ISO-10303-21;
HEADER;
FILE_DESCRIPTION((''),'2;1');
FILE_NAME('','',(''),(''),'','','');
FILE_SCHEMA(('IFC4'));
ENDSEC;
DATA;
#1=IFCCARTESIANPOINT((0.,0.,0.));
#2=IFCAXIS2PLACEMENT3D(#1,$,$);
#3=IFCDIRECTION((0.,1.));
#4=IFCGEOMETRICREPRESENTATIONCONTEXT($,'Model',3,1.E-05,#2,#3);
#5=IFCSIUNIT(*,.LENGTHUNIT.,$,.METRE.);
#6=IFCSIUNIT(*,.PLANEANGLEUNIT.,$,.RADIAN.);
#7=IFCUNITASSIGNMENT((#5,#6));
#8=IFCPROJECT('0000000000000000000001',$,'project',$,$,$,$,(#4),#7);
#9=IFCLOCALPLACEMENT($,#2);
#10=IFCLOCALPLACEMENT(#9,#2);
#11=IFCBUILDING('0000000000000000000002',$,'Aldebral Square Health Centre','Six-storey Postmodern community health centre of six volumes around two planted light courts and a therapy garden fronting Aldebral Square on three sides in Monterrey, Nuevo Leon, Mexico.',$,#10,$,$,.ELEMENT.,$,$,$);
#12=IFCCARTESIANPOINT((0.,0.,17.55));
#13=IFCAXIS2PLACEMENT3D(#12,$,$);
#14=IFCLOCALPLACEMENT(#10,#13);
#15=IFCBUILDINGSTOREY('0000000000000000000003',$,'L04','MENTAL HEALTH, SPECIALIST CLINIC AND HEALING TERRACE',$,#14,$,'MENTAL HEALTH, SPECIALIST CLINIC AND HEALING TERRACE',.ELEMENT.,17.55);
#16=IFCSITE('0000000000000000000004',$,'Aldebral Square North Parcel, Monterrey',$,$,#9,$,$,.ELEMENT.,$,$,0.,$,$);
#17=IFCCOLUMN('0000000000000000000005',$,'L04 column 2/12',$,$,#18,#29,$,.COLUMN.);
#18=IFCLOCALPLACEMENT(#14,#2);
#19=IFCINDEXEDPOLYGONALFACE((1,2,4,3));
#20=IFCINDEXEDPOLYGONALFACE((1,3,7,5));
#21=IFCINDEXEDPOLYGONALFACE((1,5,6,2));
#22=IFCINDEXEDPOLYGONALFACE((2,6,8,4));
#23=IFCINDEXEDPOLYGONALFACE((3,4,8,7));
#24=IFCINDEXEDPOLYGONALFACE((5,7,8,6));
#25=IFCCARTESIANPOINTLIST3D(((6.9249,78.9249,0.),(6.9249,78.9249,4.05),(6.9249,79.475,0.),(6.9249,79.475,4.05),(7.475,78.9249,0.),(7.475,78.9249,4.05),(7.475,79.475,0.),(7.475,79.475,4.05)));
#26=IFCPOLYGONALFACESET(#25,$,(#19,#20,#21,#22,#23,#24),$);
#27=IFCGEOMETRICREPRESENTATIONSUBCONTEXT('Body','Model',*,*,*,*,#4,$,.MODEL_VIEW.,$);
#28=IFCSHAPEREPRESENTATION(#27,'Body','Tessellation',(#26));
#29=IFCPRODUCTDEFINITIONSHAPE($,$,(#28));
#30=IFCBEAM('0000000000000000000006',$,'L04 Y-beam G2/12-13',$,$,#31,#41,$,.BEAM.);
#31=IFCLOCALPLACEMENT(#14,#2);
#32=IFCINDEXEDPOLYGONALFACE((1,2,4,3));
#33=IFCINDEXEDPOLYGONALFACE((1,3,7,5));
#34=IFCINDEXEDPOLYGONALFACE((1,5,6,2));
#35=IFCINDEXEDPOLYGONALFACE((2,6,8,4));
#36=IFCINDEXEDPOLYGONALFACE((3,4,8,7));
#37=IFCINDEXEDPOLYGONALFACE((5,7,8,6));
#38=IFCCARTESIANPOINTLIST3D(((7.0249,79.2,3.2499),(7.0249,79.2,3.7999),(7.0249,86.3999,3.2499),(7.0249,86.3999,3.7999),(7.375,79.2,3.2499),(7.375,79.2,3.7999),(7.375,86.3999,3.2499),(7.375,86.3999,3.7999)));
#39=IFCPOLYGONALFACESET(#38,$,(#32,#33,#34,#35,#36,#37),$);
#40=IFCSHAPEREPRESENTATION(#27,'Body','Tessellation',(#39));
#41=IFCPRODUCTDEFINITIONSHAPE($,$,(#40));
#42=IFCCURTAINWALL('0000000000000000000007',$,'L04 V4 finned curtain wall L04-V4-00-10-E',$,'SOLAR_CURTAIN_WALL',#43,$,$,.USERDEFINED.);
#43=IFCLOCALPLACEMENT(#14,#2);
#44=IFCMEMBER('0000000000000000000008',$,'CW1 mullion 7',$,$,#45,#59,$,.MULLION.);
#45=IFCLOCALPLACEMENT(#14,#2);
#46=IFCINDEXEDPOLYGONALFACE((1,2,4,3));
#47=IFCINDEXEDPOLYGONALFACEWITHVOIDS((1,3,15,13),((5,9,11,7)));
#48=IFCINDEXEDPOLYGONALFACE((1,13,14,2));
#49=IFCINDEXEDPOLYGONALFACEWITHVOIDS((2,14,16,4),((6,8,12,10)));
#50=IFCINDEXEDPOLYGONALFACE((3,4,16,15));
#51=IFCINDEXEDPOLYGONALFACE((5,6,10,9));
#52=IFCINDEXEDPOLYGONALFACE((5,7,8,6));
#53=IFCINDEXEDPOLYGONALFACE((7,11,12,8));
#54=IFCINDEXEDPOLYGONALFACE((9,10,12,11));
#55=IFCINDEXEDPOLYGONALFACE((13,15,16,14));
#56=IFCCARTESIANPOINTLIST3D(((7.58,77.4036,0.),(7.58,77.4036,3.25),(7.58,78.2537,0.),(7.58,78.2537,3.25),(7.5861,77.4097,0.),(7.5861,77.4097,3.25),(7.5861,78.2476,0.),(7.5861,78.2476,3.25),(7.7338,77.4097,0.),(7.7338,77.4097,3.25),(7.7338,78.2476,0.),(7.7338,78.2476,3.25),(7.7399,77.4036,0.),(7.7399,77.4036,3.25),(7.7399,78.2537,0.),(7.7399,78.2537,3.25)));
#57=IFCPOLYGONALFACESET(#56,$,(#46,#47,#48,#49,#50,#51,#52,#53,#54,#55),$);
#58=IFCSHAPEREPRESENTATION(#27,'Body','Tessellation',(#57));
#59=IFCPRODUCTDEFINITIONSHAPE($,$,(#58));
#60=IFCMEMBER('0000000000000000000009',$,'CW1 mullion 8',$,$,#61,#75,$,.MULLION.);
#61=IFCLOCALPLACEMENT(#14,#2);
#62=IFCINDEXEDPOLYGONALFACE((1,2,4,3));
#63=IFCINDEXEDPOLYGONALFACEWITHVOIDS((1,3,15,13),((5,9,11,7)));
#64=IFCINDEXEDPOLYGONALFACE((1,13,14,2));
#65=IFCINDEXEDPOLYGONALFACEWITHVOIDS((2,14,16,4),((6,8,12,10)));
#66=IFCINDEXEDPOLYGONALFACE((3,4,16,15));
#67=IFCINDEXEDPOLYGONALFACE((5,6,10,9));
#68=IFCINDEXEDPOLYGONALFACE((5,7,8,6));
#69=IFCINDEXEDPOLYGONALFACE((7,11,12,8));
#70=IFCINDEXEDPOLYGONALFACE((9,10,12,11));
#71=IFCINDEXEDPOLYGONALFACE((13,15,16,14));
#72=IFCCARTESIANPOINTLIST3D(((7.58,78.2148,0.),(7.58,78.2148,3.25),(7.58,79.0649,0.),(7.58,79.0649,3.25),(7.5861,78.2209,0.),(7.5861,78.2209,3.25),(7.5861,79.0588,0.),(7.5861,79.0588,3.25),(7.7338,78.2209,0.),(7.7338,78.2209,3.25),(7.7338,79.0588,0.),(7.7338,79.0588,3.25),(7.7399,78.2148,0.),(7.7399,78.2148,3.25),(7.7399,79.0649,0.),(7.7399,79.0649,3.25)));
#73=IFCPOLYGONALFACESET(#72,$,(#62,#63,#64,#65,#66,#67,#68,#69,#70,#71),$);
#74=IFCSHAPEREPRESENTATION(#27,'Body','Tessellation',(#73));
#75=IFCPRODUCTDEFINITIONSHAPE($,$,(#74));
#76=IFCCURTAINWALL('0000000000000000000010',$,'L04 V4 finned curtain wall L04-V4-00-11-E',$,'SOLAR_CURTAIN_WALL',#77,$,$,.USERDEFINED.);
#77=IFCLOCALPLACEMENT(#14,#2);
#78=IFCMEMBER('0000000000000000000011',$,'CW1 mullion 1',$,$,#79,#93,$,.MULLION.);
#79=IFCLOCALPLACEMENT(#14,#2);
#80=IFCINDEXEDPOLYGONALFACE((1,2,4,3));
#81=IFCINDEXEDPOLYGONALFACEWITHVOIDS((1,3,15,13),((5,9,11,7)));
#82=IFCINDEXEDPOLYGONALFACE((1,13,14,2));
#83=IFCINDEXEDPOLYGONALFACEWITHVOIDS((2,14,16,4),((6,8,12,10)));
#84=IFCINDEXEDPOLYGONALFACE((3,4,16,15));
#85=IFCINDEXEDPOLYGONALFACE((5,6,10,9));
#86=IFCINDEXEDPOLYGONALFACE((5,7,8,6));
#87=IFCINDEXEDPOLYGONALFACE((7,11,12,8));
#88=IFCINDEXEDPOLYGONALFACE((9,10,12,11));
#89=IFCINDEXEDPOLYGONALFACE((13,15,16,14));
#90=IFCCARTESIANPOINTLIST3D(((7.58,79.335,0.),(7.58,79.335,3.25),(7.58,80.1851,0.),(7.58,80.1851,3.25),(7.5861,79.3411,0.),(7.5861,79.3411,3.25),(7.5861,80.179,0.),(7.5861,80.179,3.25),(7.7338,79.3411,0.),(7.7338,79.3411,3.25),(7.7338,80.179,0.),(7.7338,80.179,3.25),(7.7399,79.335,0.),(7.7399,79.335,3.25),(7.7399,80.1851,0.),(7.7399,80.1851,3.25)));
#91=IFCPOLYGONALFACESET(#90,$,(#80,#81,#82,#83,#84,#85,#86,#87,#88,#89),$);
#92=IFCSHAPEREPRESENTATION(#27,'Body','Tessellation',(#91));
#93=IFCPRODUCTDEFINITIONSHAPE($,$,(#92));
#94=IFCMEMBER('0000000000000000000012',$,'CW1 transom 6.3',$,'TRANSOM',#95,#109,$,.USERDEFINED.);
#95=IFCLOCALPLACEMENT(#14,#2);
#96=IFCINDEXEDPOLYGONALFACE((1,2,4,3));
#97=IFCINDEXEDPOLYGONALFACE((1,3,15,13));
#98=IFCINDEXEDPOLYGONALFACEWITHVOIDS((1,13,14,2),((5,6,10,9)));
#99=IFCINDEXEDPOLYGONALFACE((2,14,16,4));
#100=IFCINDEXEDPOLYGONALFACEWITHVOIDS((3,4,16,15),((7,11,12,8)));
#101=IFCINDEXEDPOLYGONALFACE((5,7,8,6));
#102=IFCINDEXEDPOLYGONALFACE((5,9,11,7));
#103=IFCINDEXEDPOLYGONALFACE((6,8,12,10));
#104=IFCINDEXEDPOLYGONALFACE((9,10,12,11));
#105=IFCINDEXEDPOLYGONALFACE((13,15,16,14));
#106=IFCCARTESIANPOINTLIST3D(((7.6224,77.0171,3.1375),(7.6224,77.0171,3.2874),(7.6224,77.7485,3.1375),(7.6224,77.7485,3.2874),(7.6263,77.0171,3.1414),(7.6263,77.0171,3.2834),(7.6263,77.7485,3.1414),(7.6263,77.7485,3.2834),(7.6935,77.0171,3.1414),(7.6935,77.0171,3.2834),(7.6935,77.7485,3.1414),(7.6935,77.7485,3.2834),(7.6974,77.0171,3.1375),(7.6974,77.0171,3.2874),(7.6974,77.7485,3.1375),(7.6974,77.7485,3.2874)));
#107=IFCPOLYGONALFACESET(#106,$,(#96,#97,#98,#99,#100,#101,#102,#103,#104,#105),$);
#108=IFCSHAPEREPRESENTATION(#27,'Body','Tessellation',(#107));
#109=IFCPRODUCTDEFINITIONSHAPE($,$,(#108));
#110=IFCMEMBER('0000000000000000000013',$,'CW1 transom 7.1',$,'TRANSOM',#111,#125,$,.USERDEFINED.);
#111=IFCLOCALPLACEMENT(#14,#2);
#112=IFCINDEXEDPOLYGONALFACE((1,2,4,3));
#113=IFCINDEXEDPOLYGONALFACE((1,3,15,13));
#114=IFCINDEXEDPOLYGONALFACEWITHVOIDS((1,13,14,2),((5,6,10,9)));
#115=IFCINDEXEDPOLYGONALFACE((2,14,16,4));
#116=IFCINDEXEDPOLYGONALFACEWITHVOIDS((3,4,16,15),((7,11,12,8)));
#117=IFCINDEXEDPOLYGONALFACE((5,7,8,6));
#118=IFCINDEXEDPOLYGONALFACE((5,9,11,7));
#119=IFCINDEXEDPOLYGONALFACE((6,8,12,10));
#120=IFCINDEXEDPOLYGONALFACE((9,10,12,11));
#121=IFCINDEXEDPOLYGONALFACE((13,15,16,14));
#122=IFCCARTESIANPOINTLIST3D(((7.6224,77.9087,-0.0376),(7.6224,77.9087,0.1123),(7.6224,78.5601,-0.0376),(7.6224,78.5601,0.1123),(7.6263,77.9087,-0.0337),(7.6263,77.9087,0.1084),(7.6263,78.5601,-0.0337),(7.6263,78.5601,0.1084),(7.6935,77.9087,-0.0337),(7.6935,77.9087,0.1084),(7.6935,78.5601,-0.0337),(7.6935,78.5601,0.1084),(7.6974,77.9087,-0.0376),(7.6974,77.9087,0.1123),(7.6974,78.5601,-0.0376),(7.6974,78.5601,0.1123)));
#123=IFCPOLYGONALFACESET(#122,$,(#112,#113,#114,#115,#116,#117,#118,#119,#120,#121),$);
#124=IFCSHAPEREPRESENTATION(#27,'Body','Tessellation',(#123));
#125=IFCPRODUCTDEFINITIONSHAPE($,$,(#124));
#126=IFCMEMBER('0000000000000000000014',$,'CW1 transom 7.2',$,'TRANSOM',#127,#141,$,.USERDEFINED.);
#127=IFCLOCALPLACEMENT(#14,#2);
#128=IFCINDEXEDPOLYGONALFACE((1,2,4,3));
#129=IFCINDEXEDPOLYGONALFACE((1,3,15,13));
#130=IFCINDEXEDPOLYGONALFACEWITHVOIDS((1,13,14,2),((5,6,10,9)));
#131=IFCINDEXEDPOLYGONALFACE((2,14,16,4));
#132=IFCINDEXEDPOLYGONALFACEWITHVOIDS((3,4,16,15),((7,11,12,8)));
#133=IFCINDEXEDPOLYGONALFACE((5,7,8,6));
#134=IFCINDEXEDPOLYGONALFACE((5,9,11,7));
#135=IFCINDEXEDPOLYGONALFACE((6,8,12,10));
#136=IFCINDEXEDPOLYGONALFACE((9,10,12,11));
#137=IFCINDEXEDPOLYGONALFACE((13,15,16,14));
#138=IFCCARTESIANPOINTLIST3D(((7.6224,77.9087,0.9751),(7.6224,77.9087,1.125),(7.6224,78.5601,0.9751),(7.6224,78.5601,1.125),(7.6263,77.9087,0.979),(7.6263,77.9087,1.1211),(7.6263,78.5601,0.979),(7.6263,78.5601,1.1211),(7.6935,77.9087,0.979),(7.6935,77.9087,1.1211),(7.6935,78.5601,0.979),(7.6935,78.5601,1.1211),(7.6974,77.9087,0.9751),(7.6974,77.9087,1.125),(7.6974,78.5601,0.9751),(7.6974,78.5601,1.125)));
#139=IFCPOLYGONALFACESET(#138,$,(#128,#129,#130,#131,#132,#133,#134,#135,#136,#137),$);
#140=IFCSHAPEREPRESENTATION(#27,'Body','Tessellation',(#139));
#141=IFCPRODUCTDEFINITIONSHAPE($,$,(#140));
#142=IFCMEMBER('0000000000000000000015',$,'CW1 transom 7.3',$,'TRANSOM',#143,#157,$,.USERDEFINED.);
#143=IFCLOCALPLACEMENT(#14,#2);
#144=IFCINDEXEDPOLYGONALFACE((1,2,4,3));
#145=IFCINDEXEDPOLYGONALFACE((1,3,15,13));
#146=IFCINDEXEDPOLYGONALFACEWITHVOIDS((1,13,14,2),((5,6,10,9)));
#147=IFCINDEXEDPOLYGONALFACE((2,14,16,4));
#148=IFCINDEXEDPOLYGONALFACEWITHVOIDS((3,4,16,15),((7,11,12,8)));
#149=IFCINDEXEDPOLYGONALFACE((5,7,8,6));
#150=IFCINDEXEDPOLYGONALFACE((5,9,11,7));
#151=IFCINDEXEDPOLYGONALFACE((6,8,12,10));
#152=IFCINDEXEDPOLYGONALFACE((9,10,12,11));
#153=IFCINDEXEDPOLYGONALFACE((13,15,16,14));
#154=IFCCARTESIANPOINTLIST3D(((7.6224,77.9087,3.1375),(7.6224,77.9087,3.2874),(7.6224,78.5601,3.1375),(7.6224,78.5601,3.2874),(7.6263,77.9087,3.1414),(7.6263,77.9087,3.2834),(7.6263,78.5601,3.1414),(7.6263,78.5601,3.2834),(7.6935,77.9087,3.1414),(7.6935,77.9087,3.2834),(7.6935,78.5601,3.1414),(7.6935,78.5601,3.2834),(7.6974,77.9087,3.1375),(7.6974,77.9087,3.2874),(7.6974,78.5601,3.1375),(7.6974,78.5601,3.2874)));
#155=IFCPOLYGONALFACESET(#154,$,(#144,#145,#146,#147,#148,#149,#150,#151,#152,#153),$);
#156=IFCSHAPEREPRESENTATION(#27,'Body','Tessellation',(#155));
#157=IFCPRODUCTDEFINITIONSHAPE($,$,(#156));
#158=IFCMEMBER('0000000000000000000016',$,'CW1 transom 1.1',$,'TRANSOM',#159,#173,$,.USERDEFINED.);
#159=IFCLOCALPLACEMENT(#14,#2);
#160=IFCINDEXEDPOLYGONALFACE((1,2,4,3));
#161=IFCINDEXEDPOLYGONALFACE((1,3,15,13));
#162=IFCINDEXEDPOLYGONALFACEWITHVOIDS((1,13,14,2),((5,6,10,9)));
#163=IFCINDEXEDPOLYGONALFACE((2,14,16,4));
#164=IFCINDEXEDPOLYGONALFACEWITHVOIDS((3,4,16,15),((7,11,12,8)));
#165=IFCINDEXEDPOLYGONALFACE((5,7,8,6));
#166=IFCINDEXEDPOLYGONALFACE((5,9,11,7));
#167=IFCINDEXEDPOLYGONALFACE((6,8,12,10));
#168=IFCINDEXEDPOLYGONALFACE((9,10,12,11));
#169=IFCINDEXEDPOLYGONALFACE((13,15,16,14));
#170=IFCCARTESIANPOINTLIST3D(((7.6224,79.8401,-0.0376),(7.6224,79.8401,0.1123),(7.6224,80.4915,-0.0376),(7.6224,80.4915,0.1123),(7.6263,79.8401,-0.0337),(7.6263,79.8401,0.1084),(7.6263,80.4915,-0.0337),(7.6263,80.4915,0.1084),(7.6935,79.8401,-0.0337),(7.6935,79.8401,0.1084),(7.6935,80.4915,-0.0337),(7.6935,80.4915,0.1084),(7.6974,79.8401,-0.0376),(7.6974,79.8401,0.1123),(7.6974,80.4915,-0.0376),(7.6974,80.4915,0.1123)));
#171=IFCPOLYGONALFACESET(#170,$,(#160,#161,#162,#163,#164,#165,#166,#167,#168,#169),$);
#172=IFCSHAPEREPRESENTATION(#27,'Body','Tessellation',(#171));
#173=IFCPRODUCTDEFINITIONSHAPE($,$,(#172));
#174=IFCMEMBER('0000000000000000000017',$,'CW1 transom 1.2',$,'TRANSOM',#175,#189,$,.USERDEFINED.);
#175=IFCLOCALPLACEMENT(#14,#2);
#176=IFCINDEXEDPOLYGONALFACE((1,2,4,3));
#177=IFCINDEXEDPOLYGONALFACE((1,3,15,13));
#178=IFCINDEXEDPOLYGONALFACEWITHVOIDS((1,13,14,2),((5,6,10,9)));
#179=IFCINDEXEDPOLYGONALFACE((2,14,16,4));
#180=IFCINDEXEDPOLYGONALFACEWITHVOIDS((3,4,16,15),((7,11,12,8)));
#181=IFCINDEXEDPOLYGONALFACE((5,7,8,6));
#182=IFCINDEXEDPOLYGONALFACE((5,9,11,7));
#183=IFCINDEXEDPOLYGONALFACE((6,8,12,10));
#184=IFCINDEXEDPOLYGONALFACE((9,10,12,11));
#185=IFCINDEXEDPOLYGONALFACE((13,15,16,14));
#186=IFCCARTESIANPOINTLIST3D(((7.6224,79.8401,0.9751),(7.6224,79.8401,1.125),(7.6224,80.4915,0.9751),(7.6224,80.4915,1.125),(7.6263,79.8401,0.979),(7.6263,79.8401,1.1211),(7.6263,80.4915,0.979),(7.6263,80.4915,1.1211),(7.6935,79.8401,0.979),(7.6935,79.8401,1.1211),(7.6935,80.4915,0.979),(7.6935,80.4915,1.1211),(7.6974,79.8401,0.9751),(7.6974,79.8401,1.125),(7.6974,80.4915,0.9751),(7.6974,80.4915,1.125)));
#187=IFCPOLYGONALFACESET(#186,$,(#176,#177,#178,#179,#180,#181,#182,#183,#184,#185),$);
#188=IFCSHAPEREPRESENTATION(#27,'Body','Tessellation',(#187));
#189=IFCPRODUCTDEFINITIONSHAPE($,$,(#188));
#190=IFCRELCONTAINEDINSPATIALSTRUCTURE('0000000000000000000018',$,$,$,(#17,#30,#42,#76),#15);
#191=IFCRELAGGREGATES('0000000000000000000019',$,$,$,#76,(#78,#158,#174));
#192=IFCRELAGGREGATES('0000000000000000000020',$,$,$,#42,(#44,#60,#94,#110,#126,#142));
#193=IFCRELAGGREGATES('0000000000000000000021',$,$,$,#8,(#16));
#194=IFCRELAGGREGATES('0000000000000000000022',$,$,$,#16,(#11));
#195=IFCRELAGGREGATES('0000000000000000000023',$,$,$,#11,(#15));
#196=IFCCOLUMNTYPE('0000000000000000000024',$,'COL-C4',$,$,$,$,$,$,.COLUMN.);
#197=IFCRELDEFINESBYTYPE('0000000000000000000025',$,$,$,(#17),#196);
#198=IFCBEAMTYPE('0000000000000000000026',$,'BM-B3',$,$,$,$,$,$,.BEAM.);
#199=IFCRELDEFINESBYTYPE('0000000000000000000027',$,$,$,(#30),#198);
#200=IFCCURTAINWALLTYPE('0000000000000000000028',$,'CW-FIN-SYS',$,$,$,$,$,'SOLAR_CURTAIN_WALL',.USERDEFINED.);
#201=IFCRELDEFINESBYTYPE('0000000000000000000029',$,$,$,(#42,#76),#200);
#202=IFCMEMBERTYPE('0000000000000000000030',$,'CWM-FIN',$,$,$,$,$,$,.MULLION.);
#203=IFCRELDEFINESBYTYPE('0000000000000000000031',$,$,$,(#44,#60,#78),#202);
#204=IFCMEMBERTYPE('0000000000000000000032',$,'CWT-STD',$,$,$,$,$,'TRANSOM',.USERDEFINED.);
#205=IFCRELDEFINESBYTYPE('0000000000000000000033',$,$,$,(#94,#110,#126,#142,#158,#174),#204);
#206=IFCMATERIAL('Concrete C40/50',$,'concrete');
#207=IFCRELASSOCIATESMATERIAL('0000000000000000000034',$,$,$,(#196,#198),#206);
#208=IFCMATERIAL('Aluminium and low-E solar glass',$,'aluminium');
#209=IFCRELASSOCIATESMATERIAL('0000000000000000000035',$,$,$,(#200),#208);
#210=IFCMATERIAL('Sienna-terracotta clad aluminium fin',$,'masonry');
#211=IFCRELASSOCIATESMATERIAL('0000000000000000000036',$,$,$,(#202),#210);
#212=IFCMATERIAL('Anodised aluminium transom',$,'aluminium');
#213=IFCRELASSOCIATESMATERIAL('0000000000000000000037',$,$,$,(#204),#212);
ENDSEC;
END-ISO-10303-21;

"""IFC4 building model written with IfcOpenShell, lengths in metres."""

from ifc_helpers import new_model, si_unit, direction, frame, origin, origin_2d, place, context, subcontext, project, spatial, rectangle, hollow_rectangle, extrude, material, material_profile, profile_set, type_object, element, aggregate, save


model = new_model("IFC4")

# Units and contexts
model_context = context("Model", 3, precision=1e-05, world=origin(), true_north=direction((0.0, 1.0)))
body_context = subcontext(model_context, "Body", "Model", "MODEL_VIEW")
ifc_project = project(units=[si_unit("LENGTHUNIT", "METRE"), si_unit("PLANEANGLEUNIT", "RADIAN")], contexts=[model_context])

# Site, building, storey
site_placement = place(None, origin())
site = spatial("IfcSite", under=ifc_project, at=site_placement, Name="Aldebral Square North Parcel, Monterrey", CompositionType="ELEMENT", RefElevation=0.0)
building_placement = place(site_placement, origin())
building = spatial("IfcBuilding", under=site, at=building_placement, Name="Aldebral Square Health Centre", Description="Six-storey Postmodern community health centre of six volumes around two planted light courts and a therapy garden fronting Aldebral Square on three sides in Monterrey, Nuevo Leon, Mexico.", CompositionType="ELEMENT")
storey_placement = place(building_placement, frame((0.0, 0.0, 17.55)))
storey = spatial("IfcBuildingStorey", under=building, at=storey_placement, Name="L04", Description="MENTAL HEALTH, SPECIALIST CLINIC AND HEALING TERRACE", LongName="MENTAL HEALTH, SPECIALIST CLINIC AND HEALING TERRACE", CompositionType="ELEMENT", Elevation=17.55)

# Column
ifc_material_1 = material(Name="Concrete C40/50", Category="concrete")
ifc_material_profile_1 = material_profile(ifc_material_1, rectangle(XDim=0.55, YDim=0.55, at=origin_2d()), Name="RC 550x550")
ifc_profile_set_1 = profile_set([ifc_material_profile_1], Name="Concrete C40/50")
column_type = type_object("IfcColumnType", Name="COL-C4", PredefinedType="COLUMN", material=ifc_profile_set_1)
column_placement = place(storey_placement, frame((7.2, 79.2, 0.0), z_axis=(0.0, 0.0, 1.0), x_axis=(1.0, 0.0, 0.0)))
element("IfcColumn", 1, at=column_placement, inside=storey, type_object=column_type, Name="L04 column 2/12", PredefinedType="COLUMN", context=body_context, shape_type="SweptSolid", body=[
    extrude(rectangle(XDim=0.55, YDim=0.55, at=origin_2d()), origin(), (0.0, 0.0, 1.0), 4.05),
])

# Beam
ifc_material_profile_2 = material_profile(ifc_material_1, rectangle(XDim=0.3501, YDim=0.55, at=origin_2d()), Name="RC 350x550")
ifc_profile_set_2 = profile_set([ifc_material_profile_2], Name="Concrete C40/50")
beam_type = type_object("IfcBeamType", Name="BM-B3", PredefinedType="BEAM", material=ifc_profile_set_2)
beam_placement = place(storey_placement, frame((7.2, 79.2, 3.5249), z_axis=(0.0, 1.0, 0.0), x_axis=(-1.0, 0.0, 0.0)))
element("IfcBeam", 2, at=beam_placement, inside=storey, type_object=beam_type, Name="L04 Y-beam G2/12-13", PredefinedType="BEAM", context=body_context, shape_type="SweptSolid", body=[
    extrude(rectangle(XDim=0.3501, YDim=0.55, at=origin_2d()), origin(), (0.0, 0.0, 1.0), 7.2),
])

# Curtain wall, members
ifc_material_2 = material(Name="Aluminium and low-E solar glass", Category="aluminium")
curtain_wall_type = type_object("IfcCurtainWallType", Name="CW-FIN-SYS", ElementType="SOLAR_CURTAIN_WALL", PredefinedType="USERDEFINED", material=ifc_material_2)
curtain_wall_1_placement = place(storey_placement, origin())
curtain_wall_1 = element("IfcCurtainWall", 3, at=curtain_wall_1_placement, inside=storey, type_object=curtain_wall_type, Name="L04 V4 finned curtain wall L04-V4-00-10-E", ObjectType="SOLAR_CURTAIN_WALL", PredefinedType="USERDEFINED")
ifc_material_3 = material(Name="Sienna-terracotta clad aluminium fin", Category="masonry")
ifc_material_profile_3 = material_profile(ifc_material_3, hollow_rectangle(XDim=0.1599, YDim=0.8501, WallThickness=0.0061, at=origin_2d()), Name="FIN 160x850x6")
ifc_profile_set_3 = profile_set([ifc_material_profile_3], Name="Sienna-terracotta clad aluminium fin")
member_type_1 = type_object("IfcMemberType", Name="CWM-FIN", PredefinedType="MULLION", material=ifc_profile_set_3)
member_1_placement = place(storey_placement, frame((7.6599, 77.8286, 0.0), z_axis=(0.0, 0.0, 1.0), x_axis=(-1.0, 0.0, 0.0)))
member_1 = element("IfcMember", 4, at=member_1_placement, type_object=member_type_1, Name="CW1 mullion 7", PredefinedType="MULLION", context=body_context, shape_type="SweptSolid", body=[
    extrude(hollow_rectangle(XDim=0.1599, YDim=0.8501, WallThickness=0.0061, at=origin_2d()), origin(), (0.0, 0.0, 1.0), 3.25),
])
member_2_placement = place(storey_placement, frame((7.6599, 78.6399, 0.0), z_axis=(0.0, 0.0, 1.0), x_axis=(-1.0, 0.0, 0.0)))
member_2 = element("IfcMember", 5, at=member_2_placement, type_object=member_type_1, Name="CW1 mullion 8", PredefinedType="MULLION", context=body_context, shape_type="SweptSolid", body=[
    extrude(hollow_rectangle(XDim=0.1599, YDim=0.8501, WallThickness=0.0061, at=origin_2d()), origin(), (0.0, 0.0, 1.0), 3.25),
])

# Curtain wall, member
curtain_wall_2_placement = place(storey_placement, origin())
curtain_wall_2 = element("IfcCurtainWall", 6, at=curtain_wall_2_placement, inside=storey, type_object=curtain_wall_type, Name="L04 V4 finned curtain wall L04-V4-00-11-E", ObjectType="SOLAR_CURTAIN_WALL", PredefinedType="USERDEFINED")
member_3_placement = place(storey_placement, frame((7.6599, 79.76, 0.0), z_axis=(0.0, 0.0, 1.0), x_axis=(-1.0, 0.0, 0.0)))
member_3 = element("IfcMember", 7, at=member_3_placement, type_object=member_type_1, Name="CW1 mullion 1", PredefinedType="MULLION", context=body_context, shape_type="SweptSolid", body=[
    extrude(hollow_rectangle(XDim=0.1599, YDim=0.8501, WallThickness=0.0061, at=origin_2d()), origin(), (0.0, 0.0, 1.0), 3.25),
])

# Members
ifc_material_4 = material(Name="Anodised aluminium transom", Category="aluminium")
ifc_material_profile_4 = material_profile(ifc_material_4, hollow_rectangle(XDim=0.075, YDim=0.1499, WallThickness=0.0039, at=origin_2d()), Name="CWT 75x150x4")
ifc_profile_set_4 = profile_set([ifc_material_profile_4], Name="Anodised aluminium transom")
member_type_2 = type_object("IfcMemberType", Name="CWT-STD", ElementType="TRANSOM", PredefinedType="USERDEFINED", material=ifc_profile_set_4)
member_4_placement = place(storey_placement, frame((7.6599, 77.0171, 3.2124), z_axis=(0.0, 1.0, 0.0), x_axis=(-1.0, 0.0, 0.0)))
member_4 = element("IfcMember", 8, at=member_4_placement, type_object=member_type_2, Name="CW1 transom 6.3", ObjectType="TRANSOM", PredefinedType="USERDEFINED", context=body_context, shape_type="SweptSolid", body=[
    extrude(hollow_rectangle(XDim=0.075, YDim=0.1499, WallThickness=0.0039, at=origin_2d()), origin(), (0.0, 0.0, 1.0), 0.7314),
])
member_5_placement = place(storey_placement, frame((7.6599, 77.9087, 0.0374), z_axis=(0.0, 1.0, 0.0), x_axis=(-1.0, 0.0, 0.0)))
member_5 = element("IfcMember", 9, at=member_5_placement, type_object=member_type_2, Name="CW1 transom 7.1", ObjectType="TRANSOM", PredefinedType="USERDEFINED", context=body_context, shape_type="SweptSolid", body=[
    extrude(hollow_rectangle(XDim=0.075, YDim=0.1499, WallThickness=0.0039, at=origin_2d()), origin(), (0.0, 0.0, 1.0), 0.6514),
])
member_6_placement = place(storey_placement, frame((7.6599, 77.9087, 1.05), z_axis=(0.0, 1.0, 0.0), x_axis=(-1.0, 0.0, 0.0)))
member_6 = element("IfcMember", 10, at=member_6_placement, type_object=member_type_2, Name="CW1 transom 7.2", ObjectType="TRANSOM", PredefinedType="USERDEFINED", context=body_context, shape_type="SweptSolid", body=[
    extrude(hollow_rectangle(XDim=0.075, YDim=0.1499, WallThickness=0.0039, at=origin_2d()), origin(), (0.0, 0.0, 1.0), 0.6514),
])
member_7_placement = place(storey_placement, frame((7.6599, 77.9087, 3.2124), z_axis=(0.0, 1.0, 0.0), x_axis=(-1.0, 0.0, 0.0)))
member_7 = element("IfcMember", 11, at=member_7_placement, type_object=member_type_2, Name="CW1 transom 7.3", ObjectType="TRANSOM", PredefinedType="USERDEFINED", context=body_context, shape_type="SweptSolid", body=[
    extrude(hollow_rectangle(XDim=0.075, YDim=0.1499, WallThickness=0.0039, at=origin_2d()), origin(), (0.0, 0.0, 1.0), 0.6514),
])
member_8_placement = place(storey_placement, frame((7.6599, 79.8401, 0.0374), z_axis=(0.0, 1.0, 0.0), x_axis=(-1.0, 0.0, 0.0)))
member_8 = element("IfcMember", 12, at=member_8_placement, type_object=member_type_2, Name="CW1 transom 1.1", ObjectType="TRANSOM", PredefinedType="USERDEFINED", context=body_context, shape_type="SweptSolid", body=[
    extrude(hollow_rectangle(XDim=0.075, YDim=0.1499, WallThickness=0.0039, at=origin_2d()), origin(), (0.0, 0.0, 1.0), 0.6514),
])
member_9_placement = place(storey_placement, frame((7.6599, 79.8401, 1.05), z_axis=(0.0, 1.0, 0.0), x_axis=(-1.0, 0.0, 0.0)))
member_9 = element("IfcMember", 13, at=member_9_placement, type_object=member_type_2, Name="CW1 transom 1.2", ObjectType="TRANSOM", PredefinedType="USERDEFINED", context=body_context, shape_type="SweptSolid", body=[
    extrude(hollow_rectangle(XDim=0.075, YDim=0.1499, WallThickness=0.0039, at=origin_2d()), origin(), (0.0, 0.0, 1.0), 0.6514),
])

aggregate(curtain_wall_2, [member_3, member_8, member_9])
aggregate(curtain_wall_1, [member_1, member_2, member_4, member_5, member_6, member_7])

save(model, "model.ifc")
